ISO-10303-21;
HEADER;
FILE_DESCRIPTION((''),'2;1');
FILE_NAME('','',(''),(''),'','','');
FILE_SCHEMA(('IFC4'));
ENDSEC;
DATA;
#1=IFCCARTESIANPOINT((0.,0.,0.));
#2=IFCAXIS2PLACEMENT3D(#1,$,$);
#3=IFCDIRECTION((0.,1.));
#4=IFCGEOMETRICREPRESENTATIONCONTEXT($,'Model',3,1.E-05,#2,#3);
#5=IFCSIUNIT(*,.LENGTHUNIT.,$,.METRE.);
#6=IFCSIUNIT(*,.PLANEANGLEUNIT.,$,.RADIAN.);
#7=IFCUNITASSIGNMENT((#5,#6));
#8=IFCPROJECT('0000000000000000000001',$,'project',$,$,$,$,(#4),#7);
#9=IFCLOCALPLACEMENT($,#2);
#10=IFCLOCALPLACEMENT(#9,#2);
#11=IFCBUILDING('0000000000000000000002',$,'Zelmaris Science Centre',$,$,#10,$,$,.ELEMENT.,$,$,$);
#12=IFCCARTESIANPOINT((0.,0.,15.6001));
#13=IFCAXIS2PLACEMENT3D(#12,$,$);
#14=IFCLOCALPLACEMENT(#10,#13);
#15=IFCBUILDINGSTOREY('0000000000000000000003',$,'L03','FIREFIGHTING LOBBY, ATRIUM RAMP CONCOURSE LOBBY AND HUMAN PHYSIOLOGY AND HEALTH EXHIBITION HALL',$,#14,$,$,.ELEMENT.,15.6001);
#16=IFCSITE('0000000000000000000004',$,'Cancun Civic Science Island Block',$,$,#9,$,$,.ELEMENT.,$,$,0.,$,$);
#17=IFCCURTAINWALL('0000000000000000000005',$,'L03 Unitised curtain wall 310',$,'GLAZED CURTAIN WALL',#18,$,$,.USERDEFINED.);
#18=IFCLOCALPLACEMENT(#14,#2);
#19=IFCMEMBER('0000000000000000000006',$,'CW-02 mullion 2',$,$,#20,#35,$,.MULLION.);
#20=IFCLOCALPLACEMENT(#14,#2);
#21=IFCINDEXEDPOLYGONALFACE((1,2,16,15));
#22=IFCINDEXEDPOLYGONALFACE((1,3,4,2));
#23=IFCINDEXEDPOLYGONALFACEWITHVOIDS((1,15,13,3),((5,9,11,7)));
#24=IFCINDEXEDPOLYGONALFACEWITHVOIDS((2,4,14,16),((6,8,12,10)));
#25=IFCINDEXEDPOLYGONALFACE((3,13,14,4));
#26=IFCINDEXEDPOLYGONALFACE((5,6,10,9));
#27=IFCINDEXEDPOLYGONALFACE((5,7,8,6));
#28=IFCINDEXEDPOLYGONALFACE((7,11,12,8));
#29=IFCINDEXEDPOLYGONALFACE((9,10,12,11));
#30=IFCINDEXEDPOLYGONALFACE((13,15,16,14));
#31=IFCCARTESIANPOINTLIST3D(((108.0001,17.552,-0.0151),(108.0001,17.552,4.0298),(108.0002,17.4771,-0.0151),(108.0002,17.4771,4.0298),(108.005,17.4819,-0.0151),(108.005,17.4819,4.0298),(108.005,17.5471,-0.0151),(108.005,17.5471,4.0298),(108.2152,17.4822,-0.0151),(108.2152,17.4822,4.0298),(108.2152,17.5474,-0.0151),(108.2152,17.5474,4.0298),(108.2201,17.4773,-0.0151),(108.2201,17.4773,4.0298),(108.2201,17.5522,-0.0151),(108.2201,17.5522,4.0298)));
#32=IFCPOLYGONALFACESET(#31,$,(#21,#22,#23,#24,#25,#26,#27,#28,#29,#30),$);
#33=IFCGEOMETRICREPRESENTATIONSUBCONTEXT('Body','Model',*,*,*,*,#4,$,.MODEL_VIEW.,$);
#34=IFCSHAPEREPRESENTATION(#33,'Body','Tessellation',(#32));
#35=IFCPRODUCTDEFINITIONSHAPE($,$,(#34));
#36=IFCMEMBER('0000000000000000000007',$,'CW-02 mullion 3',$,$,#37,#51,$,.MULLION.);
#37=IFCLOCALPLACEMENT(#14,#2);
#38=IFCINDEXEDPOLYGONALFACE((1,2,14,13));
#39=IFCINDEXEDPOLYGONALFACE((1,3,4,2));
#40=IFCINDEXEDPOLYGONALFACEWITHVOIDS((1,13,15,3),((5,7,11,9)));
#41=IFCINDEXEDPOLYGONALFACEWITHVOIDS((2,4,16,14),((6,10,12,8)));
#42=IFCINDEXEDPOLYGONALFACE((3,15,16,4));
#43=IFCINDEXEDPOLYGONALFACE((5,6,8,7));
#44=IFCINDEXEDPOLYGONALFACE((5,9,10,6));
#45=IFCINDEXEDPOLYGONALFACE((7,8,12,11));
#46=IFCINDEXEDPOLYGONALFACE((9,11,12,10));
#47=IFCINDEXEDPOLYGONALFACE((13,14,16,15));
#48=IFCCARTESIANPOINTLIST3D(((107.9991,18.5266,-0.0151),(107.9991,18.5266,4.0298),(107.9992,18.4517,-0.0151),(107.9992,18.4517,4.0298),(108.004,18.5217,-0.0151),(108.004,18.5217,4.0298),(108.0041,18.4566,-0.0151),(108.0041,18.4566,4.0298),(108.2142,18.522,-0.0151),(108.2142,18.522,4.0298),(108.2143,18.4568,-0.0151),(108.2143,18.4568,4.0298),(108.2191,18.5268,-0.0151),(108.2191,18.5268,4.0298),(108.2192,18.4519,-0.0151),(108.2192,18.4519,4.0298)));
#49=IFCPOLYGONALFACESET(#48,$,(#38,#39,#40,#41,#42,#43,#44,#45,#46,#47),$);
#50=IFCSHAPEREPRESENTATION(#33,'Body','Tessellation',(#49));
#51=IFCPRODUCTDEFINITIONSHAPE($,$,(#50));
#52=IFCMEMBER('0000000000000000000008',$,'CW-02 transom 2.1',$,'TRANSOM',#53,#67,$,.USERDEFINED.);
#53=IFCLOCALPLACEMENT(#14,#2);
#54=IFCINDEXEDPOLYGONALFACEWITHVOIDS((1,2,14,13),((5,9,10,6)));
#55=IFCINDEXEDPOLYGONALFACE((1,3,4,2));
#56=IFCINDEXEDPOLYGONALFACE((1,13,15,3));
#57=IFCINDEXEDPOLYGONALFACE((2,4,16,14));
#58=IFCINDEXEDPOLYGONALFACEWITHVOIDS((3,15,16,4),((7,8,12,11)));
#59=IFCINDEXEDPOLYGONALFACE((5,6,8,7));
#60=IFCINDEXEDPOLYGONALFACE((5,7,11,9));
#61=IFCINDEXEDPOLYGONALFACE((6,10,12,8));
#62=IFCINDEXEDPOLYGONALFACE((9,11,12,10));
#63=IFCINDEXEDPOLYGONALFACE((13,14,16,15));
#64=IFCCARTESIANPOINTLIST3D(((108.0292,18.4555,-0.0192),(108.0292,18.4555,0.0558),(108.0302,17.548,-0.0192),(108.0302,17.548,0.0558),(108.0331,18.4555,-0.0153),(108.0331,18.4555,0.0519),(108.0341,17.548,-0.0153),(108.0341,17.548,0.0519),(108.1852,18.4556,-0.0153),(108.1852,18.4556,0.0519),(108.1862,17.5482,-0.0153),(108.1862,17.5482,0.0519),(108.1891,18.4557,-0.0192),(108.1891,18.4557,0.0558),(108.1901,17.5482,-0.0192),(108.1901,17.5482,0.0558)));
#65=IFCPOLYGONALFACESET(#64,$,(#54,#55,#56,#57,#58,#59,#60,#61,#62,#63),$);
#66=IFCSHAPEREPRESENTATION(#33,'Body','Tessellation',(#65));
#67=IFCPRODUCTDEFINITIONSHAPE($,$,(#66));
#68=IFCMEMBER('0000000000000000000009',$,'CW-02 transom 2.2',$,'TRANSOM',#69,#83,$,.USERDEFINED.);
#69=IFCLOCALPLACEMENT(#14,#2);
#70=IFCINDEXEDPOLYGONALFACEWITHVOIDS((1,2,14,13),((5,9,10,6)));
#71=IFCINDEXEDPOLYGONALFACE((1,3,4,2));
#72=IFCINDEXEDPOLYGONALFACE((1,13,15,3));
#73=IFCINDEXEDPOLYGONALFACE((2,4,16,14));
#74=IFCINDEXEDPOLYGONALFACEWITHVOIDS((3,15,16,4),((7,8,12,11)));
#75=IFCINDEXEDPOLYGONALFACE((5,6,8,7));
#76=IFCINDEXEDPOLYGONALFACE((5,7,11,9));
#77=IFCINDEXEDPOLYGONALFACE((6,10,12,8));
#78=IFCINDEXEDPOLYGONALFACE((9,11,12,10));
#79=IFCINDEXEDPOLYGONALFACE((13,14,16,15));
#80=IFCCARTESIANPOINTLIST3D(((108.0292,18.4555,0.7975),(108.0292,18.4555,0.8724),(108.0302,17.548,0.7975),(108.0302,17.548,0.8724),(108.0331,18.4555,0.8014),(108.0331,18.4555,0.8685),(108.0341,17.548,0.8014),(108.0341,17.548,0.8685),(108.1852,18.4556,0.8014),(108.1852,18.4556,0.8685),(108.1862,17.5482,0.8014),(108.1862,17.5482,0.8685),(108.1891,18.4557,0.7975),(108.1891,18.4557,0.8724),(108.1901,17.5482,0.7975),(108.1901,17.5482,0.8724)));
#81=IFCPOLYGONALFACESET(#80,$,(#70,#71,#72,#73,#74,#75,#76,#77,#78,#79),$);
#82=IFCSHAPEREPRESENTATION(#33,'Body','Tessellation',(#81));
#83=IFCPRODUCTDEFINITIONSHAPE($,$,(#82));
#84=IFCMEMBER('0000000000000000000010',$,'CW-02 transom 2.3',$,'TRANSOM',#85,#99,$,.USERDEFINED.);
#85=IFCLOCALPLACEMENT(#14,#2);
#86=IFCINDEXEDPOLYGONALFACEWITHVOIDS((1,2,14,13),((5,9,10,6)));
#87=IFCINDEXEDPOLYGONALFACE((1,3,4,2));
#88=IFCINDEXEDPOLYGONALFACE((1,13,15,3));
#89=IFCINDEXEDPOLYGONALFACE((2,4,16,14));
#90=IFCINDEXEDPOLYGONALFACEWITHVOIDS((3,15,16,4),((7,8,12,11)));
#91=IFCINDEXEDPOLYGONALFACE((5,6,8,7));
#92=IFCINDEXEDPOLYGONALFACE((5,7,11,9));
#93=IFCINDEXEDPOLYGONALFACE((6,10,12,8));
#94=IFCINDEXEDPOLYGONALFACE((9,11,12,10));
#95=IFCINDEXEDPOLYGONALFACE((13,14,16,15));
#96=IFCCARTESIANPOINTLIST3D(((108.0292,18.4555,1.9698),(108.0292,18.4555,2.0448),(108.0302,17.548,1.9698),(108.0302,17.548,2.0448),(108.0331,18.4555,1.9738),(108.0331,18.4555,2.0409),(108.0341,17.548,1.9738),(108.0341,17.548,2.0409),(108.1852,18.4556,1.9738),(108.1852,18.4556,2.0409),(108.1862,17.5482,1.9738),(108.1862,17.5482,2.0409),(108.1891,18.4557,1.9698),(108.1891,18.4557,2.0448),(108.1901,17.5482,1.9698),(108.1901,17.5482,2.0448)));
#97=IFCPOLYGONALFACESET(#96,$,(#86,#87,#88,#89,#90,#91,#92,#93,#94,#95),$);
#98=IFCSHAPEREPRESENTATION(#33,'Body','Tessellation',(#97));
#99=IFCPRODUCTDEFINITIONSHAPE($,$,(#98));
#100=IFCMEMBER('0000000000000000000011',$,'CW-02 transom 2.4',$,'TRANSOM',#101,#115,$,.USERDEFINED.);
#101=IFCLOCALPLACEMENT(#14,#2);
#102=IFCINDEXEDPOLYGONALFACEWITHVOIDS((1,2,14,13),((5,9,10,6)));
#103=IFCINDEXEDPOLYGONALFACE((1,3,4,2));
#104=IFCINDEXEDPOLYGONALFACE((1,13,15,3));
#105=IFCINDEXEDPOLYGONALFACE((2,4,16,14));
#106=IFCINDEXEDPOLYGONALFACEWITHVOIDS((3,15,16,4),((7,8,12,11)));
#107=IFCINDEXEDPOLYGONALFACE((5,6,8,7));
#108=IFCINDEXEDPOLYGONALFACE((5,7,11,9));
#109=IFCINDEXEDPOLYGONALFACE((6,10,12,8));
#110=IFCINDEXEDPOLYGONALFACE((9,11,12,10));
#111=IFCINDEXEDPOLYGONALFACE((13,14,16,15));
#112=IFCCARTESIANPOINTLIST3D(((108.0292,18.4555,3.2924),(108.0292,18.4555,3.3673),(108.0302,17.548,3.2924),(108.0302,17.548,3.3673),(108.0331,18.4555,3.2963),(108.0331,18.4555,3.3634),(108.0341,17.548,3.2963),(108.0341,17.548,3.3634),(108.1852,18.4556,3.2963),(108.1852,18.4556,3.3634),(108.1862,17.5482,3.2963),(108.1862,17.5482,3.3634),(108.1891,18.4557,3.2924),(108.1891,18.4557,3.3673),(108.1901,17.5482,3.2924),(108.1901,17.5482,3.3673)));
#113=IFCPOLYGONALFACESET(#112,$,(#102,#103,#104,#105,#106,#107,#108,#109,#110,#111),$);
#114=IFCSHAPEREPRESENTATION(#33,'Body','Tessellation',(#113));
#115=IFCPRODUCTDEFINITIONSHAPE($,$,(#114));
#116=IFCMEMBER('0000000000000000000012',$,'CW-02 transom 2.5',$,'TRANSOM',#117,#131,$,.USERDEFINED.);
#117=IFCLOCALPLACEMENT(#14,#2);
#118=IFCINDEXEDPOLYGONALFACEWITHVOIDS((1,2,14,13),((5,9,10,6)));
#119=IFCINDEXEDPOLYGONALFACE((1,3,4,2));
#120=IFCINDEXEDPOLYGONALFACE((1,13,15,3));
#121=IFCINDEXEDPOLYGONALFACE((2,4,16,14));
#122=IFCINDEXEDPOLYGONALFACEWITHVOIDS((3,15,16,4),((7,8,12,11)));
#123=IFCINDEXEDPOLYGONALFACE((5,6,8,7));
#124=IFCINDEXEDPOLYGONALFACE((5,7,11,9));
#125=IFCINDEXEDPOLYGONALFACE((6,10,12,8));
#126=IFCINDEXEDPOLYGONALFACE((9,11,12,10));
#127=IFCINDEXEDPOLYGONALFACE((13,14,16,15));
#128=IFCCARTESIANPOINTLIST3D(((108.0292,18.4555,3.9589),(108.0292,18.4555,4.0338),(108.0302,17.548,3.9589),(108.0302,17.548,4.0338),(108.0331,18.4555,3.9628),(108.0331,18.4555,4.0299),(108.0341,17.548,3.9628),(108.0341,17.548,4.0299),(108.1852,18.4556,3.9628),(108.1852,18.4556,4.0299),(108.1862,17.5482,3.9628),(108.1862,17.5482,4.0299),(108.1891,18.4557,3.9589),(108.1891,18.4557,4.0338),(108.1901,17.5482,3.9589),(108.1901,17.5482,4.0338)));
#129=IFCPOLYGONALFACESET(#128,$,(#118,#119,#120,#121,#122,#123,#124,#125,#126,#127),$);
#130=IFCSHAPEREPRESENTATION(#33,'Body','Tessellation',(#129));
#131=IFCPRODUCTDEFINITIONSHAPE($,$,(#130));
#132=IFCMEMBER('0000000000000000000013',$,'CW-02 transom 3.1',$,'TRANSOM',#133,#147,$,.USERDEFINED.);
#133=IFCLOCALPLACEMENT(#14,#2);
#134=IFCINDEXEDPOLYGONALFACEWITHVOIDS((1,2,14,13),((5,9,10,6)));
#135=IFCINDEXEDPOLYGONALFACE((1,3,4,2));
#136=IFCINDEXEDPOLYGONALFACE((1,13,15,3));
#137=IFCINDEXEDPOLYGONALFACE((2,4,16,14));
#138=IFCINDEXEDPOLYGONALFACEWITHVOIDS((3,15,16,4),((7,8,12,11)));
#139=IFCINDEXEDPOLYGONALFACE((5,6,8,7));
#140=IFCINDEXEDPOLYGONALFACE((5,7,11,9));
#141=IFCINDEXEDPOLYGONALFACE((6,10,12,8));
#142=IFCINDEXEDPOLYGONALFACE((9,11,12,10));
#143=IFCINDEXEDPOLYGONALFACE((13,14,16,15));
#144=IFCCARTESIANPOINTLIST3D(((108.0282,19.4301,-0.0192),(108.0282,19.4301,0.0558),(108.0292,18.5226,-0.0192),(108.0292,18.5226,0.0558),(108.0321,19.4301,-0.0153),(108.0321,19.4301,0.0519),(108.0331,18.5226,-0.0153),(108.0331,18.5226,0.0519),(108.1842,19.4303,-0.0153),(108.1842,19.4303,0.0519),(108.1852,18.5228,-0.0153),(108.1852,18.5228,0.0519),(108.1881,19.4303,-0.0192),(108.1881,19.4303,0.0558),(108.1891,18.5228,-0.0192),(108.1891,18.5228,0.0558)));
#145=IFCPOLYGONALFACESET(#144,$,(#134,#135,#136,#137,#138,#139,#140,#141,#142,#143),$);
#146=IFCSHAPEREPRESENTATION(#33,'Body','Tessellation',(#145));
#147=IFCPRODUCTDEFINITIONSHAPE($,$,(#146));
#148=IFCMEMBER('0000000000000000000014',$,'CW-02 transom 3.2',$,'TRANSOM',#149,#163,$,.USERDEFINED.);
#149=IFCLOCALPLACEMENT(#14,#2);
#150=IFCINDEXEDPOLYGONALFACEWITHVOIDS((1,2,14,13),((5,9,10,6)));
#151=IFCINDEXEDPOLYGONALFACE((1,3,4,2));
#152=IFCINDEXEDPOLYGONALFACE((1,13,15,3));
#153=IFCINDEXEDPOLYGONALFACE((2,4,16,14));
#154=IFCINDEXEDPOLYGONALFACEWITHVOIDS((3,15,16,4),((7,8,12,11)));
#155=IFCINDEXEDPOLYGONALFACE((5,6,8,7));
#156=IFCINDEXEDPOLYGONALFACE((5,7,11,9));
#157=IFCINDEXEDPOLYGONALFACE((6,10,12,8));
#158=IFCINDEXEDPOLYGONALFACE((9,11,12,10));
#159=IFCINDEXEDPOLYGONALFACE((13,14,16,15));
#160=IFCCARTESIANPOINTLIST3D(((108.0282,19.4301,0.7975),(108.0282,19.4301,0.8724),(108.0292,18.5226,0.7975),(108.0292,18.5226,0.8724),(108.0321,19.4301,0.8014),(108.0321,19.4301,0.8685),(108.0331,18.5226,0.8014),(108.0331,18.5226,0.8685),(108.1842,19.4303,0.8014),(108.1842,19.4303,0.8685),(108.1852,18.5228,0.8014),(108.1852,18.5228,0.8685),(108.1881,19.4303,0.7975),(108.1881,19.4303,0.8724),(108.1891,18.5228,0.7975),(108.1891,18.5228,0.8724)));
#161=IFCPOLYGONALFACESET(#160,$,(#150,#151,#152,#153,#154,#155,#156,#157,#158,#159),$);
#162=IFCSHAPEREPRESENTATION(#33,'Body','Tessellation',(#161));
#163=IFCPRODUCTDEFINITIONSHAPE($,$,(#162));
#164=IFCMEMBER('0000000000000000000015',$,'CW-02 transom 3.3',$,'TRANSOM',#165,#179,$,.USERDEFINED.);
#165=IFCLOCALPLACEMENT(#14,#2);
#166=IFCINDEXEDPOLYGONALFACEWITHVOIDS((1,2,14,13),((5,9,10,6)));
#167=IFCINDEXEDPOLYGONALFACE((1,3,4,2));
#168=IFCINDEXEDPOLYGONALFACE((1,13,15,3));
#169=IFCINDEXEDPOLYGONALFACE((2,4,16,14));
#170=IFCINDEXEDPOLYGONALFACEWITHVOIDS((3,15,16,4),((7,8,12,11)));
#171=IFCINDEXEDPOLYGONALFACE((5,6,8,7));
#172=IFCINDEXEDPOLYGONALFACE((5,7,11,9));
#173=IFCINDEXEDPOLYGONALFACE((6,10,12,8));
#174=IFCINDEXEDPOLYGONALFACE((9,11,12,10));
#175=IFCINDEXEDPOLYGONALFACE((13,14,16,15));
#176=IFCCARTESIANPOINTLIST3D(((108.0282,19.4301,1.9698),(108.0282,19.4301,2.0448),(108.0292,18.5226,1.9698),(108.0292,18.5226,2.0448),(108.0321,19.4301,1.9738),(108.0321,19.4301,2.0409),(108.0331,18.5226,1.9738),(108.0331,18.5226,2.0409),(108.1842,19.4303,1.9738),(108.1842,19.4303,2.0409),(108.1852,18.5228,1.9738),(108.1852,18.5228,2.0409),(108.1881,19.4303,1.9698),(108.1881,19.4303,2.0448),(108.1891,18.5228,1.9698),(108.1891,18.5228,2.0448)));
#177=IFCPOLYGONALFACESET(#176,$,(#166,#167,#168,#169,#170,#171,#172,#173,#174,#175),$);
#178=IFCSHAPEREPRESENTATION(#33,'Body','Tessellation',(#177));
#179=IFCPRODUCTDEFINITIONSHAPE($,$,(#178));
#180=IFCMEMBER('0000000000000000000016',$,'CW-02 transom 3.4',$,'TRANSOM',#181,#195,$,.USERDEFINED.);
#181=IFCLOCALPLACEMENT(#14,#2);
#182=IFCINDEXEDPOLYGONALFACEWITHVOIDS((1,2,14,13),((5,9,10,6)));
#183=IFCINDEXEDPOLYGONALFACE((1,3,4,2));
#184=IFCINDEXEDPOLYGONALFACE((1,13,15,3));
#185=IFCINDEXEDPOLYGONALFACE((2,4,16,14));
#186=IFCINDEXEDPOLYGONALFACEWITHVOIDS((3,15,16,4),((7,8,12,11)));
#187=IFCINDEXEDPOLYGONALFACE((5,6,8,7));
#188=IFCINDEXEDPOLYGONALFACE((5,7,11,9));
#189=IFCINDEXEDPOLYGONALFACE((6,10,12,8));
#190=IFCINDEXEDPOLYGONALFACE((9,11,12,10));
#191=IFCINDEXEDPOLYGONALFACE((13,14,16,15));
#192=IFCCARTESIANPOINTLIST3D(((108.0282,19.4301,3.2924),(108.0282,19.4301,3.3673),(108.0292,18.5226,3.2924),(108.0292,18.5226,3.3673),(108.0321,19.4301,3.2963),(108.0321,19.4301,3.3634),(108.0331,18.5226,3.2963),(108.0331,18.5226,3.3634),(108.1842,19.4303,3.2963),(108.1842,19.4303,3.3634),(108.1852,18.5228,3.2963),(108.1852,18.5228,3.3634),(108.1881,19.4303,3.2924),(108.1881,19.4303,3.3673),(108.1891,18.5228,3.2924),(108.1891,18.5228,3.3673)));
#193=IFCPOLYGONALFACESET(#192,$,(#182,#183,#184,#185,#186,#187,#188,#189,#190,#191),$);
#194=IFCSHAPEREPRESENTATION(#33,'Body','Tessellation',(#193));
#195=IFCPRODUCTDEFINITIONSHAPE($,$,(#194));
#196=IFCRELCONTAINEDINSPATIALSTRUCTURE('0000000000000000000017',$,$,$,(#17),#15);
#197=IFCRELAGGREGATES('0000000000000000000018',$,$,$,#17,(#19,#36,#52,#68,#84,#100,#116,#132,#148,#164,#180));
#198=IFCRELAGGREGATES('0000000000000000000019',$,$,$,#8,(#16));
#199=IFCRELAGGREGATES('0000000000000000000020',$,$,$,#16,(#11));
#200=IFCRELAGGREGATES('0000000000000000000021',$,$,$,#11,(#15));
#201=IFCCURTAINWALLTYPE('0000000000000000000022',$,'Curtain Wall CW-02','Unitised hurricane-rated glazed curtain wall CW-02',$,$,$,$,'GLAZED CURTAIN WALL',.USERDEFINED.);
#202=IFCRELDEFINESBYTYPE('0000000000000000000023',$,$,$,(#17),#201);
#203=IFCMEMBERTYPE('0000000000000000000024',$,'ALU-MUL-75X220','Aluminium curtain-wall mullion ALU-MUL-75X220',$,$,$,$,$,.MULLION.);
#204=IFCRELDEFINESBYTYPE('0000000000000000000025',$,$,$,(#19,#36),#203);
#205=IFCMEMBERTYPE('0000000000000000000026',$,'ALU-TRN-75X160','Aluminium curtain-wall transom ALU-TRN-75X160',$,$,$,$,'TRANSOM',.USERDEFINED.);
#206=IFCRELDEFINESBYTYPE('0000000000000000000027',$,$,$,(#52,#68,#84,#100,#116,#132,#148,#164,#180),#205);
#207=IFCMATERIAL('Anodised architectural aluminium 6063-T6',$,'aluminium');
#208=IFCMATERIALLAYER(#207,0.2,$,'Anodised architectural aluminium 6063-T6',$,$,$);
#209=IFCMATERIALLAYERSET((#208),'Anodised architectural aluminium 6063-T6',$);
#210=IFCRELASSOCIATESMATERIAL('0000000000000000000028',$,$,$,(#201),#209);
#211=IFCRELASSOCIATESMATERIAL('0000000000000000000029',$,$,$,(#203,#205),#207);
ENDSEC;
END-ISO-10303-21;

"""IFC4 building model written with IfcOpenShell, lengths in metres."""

from ifc_helpers import new_model, si_unit, direction, frame, origin, origin_2d, place, context, subcontext, project, spatial, hollow_rectangle, extrude, material, layer, layer_set, material_profile, profile_set, type_object, element, aggregate, save


model = new_model("IFC4")

# Units and contexts
model_context = context("Model", 3, precision=1e-05, world=origin(), true_north=direction((0.0, 1.0)))
body_context = subcontext(model_context, "Body", "Model", "MODEL_VIEW")
ifc_project = project(units=[si_unit("LENGTHUNIT", "METRE"), si_unit("PLANEANGLEUNIT", "RADIAN")], contexts=[model_context])

# Site, building, storey
site_placement = place(None, origin())
site = spatial("IfcSite", under=ifc_project, at=site_placement, Name="Cancun Civic Science Island Block", CompositionType="ELEMENT", RefElevation=0.0)
building_placement = place(site_placement, origin())
building = spatial("IfcBuilding", under=site, at=building_placement, Name="Zelmaris Science Centre", CompositionType="ELEMENT")
storey_placement = place(building_placement, frame((0.0, 0.0, 15.6001)))
storey = spatial("IfcBuildingStorey", under=building, at=storey_placement, Name="L03", Description="FIREFIGHTING LOBBY, ATRIUM RAMP CONCOURSE LOBBY AND HUMAN PHYSIOLOGY AND HEALTH EXHIBITION HALL", CompositionType="ELEMENT", Elevation=15.6001)

# Curtain wall, members
ifc_material_1 = material(Name="Anodised architectural aluminium 6063-T6", Category="aluminium")
ifc_layer_1 = layer(ifc_material_1, 0.2, Name="Anodised architectural aluminium 6063-T6")
ifc_layer_set_1 = layer_set([ifc_layer_1], Name="Anodised architectural aluminium 6063-T6")
curtain_wall_type = type_object("IfcCurtainWallType", Name="Curtain Wall CW-02", Description="Unitised hurricane-rated glazed curtain wall CW-02", ElementType="GLAZED CURTAIN WALL", PredefinedType="USERDEFINED", material=ifc_layer_set_1)
curtain_wall_placement = place(storey_placement, origin())
curtain_wall = element("IfcCurtainWall", 1, at=curtain_wall_placement, inside=storey, type_object=curtain_wall_type, Name="L03 Unitised curtain wall 310", ObjectType="GLAZED CURTAIN WALL", PredefinedType="USERDEFINED")
ifc_material_profile_1 = material_profile(ifc_material_1, hollow_rectangle(XDim=0.075, YDim=0.22, WallThickness=0.0049, at=origin_2d()), Name="ALU-MUL-75X220")
ifc_profile_set_1 = profile_set([ifc_material_profile_1], Name="Anodised architectural aluminium 6063-T6")
member_type_1 = type_object("IfcMemberType", Name="ALU-MUL-75X220", Description="Aluminium curtain-wall mullion ALU-MUL-75X220", PredefinedType="MULLION", material=ifc_profile_set_1)
member_1_placement = place(storey_placement, frame((108.1101, 17.5146, -0.0151), z_axis=(0.0, 0.0, 1.0), x_axis=(-0.001054, 0.999999, 0.0)))
member_1 = element("IfcMember", 2, at=member_1_placement, type_object=member_type_1, Name="CW-02 mullion 2", PredefinedType="MULLION", context=body_context, shape_type="SweptSolid", body=[
    extrude(hollow_rectangle(XDim=0.075, YDim=0.22, WallThickness=0.0049, at=origin_2d()), origin(), (0.0, 0.0, 1.0), 4.0449),
])
member_2_placement = place(storey_placement, frame((108.1091, 18.4893, -0.0151), z_axis=(0.0, 0.0, 1.0), x_axis=(-0.001054, 0.999999, 0.0)))
member_2 = element("IfcMember", 3, at=member_2_placement, type_object=member_type_1, Name="CW-02 mullion 3", PredefinedType="MULLION", context=body_context, shape_type="SweptSolid", body=[
    extrude(hollow_rectangle(XDim=0.075, YDim=0.22, WallThickness=0.0049, at=origin_2d()), origin(), (0.0, 0.0, 1.0), 4.0449),
])
ifc_material_profile_2 = material_profile(ifc_material_1, hollow_rectangle(XDim=0.075, YDim=0.1599, WallThickness=0.0039, at=origin_2d()), Name="ALU-TRN-75X160")
ifc_profile_set_2 = profile_set([ifc_material_profile_2], Name="Anodised architectural aluminium 6063-T6")
member_type_2 = type_object("IfcMemberType", Name="ALU-TRN-75X160", Description="Aluminium curtain-wall transom ALU-TRN-75X160", ElementType="TRANSOM", PredefinedType="USERDEFINED", material=ifc_profile_set_2)
member_3_placement = place(storey_placement, frame((108.1101, 17.5481, 0.0183), z_axis=(-0.001076, 0.999999, 0.0), x_axis=(0.0, 0.0, 1.0)))
member_3 = element("IfcMember", 4, at=member_3_placement, type_object=member_type_2, Name="CW-02 transom 2.1", ObjectType="TRANSOM", PredefinedType="USERDEFINED", context=body_context, shape_type="SweptSolid", body=[
    extrude(hollow_rectangle(XDim=0.075, YDim=0.1599, WallThickness=0.0039, at=origin_2d()), origin(), (0.0, 0.0, 1.0), 0.9075),
])
member_4_placement = place(storey_placement, frame((108.1101, 17.5481, 0.835), z_axis=(-0.001076, 0.999999, 0.0), x_axis=(0.0, 0.0, 1.0)))
member_4 = element("IfcMember", 5, at=member_4_placement, type_object=member_type_2, Name="CW-02 transom 2.2", ObjectType="TRANSOM", PredefinedType="USERDEFINED", context=body_context, shape_type="SweptSolid", body=[
    extrude(hollow_rectangle(XDim=0.075, YDim=0.1599, WallThickness=0.0039, at=origin_2d()), origin(), (0.0, 0.0, 1.0), 0.9075),
])
member_5_placement = place(storey_placement, frame((108.1101, 17.5481, 2.0073), z_axis=(-0.001076, 0.999999, 0.0), x_axis=(0.0, 0.0, 1.0)))
member_5 = element("IfcMember", 6, at=member_5_placement, type_object=member_type_2, Name="CW-02 transom 2.3", ObjectType="TRANSOM", PredefinedType="USERDEFINED", context=body_context, shape_type="SweptSolid", body=[
    extrude(hollow_rectangle(XDim=0.075, YDim=0.1599, WallThickness=0.0039, at=origin_2d()), origin(), (0.0, 0.0, 1.0), 0.9075),
])
member_6_placement = place(storey_placement, frame((108.1101, 17.5481, 3.3298), z_axis=(-0.001076, 0.999999, 0.0), x_axis=(0.0, 0.0, 1.0)))
member_6 = element("IfcMember", 7, at=member_6_placement, type_object=member_type_2, Name="CW-02 transom 2.4", ObjectType="TRANSOM", PredefinedType="USERDEFINED", context=body_context, shape_type="SweptSolid", body=[
    extrude(hollow_rectangle(XDim=0.075, YDim=0.1599, WallThickness=0.0039, at=origin_2d()), origin(), (0.0, 0.0, 1.0), 0.9075),
])
member_7_placement = place(storey_placement, frame((108.1101, 17.5481, 3.9963), z_axis=(-0.001076, 0.999999, 0.0), x_axis=(0.0, 0.0, 1.0)))
member_7 = element("IfcMember", 8, at=member_7_placement, type_object=member_type_2, Name="CW-02 transom 2.5", ObjectType="TRANSOM", PredefinedType="USERDEFINED", context=body_context, shape_type="SweptSolid", body=[
    extrude(hollow_rectangle(XDim=0.075, YDim=0.1599, WallThickness=0.0039, at=origin_2d()), origin(), (0.0, 0.0, 1.0), 0.9075),
])
member_8_placement = place(storey_placement, frame((108.1091, 18.5227, 0.0183), z_axis=(-0.001076, 0.999999, 0.0), x_axis=(0.0, 0.0, 1.0)))
member_8 = element("IfcMember", 9, at=member_8_placement, type_object=member_type_2, Name="CW-02 transom 3.1", ObjectType="TRANSOM", PredefinedType="USERDEFINED", context=body_context, shape_type="SweptSolid", body=[
    extrude(hollow_rectangle(XDim=0.075, YDim=0.1599, WallThickness=0.0039, at=origin_2d()), origin(), (0.0, 0.0, 1.0), 0.9075),
])
member_9_placement = place(storey_placement, frame((108.1091, 18.5227, 0.835), z_axis=(-0.001076, 0.999999, 0.0), x_axis=(0.0, 0.0, 1.0)))
member_9 = element("IfcMember", 10, at=member_9_placement, type_object=member_type_2, Name="CW-02 transom 3.2", ObjectType="TRANSOM", PredefinedType="USERDEFINED", context=body_context, shape_type="SweptSolid", body=[
    extrude(hollow_rectangle(XDim=0.075, YDim=0.1599, WallThickness=0.0039, at=origin_2d()), origin(), (0.0, 0.0, 1.0), 0.9075),
])
member_10_placement = place(storey_placement, frame((108.1091, 18.5227, 2.0073), z_axis=(-0.001076, 0.999999, 0.0), x_axis=(0.0, 0.0, 1.0)))
member_10 = element("IfcMember", 11, at=member_10_placement, type_object=member_type_2, Name="CW-02 transom 3.3", ObjectType="TRANSOM", PredefinedType="USERDEFINED", context=body_context, shape_type="SweptSolid", body=[
    extrude(hollow_rectangle(XDim=0.075, YDim=0.1599, WallThickness=0.0039, at=origin_2d()), origin(), (0.0, 0.0, 1.0), 0.9075),
])
member_11_placement = place(storey_placement, frame((108.1091, 18.5227, 3.3298), z_axis=(-0.001076, 0.999999, 0.0), x_axis=(0.0, 0.0, 1.0)))
member_11 = element("IfcMember", 12, at=member_11_placement, type_object=member_type_2, Name="CW-02 transom 3.4", ObjectType="TRANSOM", PredefinedType="USERDEFINED", context=body_context, shape_type="SweptSolid", body=[
    extrude(hollow_rectangle(XDim=0.075, YDim=0.1599, WallThickness=0.0039, at=origin_2d()), origin(), (0.0, 0.0, 1.0), 0.9075),
])
aggregate(curtain_wall, [member_1, member_2, member_3, member_4, member_5, member_6, member_7, member_8, member_9, member_10, member_11])

save(model, "model.ifc")
